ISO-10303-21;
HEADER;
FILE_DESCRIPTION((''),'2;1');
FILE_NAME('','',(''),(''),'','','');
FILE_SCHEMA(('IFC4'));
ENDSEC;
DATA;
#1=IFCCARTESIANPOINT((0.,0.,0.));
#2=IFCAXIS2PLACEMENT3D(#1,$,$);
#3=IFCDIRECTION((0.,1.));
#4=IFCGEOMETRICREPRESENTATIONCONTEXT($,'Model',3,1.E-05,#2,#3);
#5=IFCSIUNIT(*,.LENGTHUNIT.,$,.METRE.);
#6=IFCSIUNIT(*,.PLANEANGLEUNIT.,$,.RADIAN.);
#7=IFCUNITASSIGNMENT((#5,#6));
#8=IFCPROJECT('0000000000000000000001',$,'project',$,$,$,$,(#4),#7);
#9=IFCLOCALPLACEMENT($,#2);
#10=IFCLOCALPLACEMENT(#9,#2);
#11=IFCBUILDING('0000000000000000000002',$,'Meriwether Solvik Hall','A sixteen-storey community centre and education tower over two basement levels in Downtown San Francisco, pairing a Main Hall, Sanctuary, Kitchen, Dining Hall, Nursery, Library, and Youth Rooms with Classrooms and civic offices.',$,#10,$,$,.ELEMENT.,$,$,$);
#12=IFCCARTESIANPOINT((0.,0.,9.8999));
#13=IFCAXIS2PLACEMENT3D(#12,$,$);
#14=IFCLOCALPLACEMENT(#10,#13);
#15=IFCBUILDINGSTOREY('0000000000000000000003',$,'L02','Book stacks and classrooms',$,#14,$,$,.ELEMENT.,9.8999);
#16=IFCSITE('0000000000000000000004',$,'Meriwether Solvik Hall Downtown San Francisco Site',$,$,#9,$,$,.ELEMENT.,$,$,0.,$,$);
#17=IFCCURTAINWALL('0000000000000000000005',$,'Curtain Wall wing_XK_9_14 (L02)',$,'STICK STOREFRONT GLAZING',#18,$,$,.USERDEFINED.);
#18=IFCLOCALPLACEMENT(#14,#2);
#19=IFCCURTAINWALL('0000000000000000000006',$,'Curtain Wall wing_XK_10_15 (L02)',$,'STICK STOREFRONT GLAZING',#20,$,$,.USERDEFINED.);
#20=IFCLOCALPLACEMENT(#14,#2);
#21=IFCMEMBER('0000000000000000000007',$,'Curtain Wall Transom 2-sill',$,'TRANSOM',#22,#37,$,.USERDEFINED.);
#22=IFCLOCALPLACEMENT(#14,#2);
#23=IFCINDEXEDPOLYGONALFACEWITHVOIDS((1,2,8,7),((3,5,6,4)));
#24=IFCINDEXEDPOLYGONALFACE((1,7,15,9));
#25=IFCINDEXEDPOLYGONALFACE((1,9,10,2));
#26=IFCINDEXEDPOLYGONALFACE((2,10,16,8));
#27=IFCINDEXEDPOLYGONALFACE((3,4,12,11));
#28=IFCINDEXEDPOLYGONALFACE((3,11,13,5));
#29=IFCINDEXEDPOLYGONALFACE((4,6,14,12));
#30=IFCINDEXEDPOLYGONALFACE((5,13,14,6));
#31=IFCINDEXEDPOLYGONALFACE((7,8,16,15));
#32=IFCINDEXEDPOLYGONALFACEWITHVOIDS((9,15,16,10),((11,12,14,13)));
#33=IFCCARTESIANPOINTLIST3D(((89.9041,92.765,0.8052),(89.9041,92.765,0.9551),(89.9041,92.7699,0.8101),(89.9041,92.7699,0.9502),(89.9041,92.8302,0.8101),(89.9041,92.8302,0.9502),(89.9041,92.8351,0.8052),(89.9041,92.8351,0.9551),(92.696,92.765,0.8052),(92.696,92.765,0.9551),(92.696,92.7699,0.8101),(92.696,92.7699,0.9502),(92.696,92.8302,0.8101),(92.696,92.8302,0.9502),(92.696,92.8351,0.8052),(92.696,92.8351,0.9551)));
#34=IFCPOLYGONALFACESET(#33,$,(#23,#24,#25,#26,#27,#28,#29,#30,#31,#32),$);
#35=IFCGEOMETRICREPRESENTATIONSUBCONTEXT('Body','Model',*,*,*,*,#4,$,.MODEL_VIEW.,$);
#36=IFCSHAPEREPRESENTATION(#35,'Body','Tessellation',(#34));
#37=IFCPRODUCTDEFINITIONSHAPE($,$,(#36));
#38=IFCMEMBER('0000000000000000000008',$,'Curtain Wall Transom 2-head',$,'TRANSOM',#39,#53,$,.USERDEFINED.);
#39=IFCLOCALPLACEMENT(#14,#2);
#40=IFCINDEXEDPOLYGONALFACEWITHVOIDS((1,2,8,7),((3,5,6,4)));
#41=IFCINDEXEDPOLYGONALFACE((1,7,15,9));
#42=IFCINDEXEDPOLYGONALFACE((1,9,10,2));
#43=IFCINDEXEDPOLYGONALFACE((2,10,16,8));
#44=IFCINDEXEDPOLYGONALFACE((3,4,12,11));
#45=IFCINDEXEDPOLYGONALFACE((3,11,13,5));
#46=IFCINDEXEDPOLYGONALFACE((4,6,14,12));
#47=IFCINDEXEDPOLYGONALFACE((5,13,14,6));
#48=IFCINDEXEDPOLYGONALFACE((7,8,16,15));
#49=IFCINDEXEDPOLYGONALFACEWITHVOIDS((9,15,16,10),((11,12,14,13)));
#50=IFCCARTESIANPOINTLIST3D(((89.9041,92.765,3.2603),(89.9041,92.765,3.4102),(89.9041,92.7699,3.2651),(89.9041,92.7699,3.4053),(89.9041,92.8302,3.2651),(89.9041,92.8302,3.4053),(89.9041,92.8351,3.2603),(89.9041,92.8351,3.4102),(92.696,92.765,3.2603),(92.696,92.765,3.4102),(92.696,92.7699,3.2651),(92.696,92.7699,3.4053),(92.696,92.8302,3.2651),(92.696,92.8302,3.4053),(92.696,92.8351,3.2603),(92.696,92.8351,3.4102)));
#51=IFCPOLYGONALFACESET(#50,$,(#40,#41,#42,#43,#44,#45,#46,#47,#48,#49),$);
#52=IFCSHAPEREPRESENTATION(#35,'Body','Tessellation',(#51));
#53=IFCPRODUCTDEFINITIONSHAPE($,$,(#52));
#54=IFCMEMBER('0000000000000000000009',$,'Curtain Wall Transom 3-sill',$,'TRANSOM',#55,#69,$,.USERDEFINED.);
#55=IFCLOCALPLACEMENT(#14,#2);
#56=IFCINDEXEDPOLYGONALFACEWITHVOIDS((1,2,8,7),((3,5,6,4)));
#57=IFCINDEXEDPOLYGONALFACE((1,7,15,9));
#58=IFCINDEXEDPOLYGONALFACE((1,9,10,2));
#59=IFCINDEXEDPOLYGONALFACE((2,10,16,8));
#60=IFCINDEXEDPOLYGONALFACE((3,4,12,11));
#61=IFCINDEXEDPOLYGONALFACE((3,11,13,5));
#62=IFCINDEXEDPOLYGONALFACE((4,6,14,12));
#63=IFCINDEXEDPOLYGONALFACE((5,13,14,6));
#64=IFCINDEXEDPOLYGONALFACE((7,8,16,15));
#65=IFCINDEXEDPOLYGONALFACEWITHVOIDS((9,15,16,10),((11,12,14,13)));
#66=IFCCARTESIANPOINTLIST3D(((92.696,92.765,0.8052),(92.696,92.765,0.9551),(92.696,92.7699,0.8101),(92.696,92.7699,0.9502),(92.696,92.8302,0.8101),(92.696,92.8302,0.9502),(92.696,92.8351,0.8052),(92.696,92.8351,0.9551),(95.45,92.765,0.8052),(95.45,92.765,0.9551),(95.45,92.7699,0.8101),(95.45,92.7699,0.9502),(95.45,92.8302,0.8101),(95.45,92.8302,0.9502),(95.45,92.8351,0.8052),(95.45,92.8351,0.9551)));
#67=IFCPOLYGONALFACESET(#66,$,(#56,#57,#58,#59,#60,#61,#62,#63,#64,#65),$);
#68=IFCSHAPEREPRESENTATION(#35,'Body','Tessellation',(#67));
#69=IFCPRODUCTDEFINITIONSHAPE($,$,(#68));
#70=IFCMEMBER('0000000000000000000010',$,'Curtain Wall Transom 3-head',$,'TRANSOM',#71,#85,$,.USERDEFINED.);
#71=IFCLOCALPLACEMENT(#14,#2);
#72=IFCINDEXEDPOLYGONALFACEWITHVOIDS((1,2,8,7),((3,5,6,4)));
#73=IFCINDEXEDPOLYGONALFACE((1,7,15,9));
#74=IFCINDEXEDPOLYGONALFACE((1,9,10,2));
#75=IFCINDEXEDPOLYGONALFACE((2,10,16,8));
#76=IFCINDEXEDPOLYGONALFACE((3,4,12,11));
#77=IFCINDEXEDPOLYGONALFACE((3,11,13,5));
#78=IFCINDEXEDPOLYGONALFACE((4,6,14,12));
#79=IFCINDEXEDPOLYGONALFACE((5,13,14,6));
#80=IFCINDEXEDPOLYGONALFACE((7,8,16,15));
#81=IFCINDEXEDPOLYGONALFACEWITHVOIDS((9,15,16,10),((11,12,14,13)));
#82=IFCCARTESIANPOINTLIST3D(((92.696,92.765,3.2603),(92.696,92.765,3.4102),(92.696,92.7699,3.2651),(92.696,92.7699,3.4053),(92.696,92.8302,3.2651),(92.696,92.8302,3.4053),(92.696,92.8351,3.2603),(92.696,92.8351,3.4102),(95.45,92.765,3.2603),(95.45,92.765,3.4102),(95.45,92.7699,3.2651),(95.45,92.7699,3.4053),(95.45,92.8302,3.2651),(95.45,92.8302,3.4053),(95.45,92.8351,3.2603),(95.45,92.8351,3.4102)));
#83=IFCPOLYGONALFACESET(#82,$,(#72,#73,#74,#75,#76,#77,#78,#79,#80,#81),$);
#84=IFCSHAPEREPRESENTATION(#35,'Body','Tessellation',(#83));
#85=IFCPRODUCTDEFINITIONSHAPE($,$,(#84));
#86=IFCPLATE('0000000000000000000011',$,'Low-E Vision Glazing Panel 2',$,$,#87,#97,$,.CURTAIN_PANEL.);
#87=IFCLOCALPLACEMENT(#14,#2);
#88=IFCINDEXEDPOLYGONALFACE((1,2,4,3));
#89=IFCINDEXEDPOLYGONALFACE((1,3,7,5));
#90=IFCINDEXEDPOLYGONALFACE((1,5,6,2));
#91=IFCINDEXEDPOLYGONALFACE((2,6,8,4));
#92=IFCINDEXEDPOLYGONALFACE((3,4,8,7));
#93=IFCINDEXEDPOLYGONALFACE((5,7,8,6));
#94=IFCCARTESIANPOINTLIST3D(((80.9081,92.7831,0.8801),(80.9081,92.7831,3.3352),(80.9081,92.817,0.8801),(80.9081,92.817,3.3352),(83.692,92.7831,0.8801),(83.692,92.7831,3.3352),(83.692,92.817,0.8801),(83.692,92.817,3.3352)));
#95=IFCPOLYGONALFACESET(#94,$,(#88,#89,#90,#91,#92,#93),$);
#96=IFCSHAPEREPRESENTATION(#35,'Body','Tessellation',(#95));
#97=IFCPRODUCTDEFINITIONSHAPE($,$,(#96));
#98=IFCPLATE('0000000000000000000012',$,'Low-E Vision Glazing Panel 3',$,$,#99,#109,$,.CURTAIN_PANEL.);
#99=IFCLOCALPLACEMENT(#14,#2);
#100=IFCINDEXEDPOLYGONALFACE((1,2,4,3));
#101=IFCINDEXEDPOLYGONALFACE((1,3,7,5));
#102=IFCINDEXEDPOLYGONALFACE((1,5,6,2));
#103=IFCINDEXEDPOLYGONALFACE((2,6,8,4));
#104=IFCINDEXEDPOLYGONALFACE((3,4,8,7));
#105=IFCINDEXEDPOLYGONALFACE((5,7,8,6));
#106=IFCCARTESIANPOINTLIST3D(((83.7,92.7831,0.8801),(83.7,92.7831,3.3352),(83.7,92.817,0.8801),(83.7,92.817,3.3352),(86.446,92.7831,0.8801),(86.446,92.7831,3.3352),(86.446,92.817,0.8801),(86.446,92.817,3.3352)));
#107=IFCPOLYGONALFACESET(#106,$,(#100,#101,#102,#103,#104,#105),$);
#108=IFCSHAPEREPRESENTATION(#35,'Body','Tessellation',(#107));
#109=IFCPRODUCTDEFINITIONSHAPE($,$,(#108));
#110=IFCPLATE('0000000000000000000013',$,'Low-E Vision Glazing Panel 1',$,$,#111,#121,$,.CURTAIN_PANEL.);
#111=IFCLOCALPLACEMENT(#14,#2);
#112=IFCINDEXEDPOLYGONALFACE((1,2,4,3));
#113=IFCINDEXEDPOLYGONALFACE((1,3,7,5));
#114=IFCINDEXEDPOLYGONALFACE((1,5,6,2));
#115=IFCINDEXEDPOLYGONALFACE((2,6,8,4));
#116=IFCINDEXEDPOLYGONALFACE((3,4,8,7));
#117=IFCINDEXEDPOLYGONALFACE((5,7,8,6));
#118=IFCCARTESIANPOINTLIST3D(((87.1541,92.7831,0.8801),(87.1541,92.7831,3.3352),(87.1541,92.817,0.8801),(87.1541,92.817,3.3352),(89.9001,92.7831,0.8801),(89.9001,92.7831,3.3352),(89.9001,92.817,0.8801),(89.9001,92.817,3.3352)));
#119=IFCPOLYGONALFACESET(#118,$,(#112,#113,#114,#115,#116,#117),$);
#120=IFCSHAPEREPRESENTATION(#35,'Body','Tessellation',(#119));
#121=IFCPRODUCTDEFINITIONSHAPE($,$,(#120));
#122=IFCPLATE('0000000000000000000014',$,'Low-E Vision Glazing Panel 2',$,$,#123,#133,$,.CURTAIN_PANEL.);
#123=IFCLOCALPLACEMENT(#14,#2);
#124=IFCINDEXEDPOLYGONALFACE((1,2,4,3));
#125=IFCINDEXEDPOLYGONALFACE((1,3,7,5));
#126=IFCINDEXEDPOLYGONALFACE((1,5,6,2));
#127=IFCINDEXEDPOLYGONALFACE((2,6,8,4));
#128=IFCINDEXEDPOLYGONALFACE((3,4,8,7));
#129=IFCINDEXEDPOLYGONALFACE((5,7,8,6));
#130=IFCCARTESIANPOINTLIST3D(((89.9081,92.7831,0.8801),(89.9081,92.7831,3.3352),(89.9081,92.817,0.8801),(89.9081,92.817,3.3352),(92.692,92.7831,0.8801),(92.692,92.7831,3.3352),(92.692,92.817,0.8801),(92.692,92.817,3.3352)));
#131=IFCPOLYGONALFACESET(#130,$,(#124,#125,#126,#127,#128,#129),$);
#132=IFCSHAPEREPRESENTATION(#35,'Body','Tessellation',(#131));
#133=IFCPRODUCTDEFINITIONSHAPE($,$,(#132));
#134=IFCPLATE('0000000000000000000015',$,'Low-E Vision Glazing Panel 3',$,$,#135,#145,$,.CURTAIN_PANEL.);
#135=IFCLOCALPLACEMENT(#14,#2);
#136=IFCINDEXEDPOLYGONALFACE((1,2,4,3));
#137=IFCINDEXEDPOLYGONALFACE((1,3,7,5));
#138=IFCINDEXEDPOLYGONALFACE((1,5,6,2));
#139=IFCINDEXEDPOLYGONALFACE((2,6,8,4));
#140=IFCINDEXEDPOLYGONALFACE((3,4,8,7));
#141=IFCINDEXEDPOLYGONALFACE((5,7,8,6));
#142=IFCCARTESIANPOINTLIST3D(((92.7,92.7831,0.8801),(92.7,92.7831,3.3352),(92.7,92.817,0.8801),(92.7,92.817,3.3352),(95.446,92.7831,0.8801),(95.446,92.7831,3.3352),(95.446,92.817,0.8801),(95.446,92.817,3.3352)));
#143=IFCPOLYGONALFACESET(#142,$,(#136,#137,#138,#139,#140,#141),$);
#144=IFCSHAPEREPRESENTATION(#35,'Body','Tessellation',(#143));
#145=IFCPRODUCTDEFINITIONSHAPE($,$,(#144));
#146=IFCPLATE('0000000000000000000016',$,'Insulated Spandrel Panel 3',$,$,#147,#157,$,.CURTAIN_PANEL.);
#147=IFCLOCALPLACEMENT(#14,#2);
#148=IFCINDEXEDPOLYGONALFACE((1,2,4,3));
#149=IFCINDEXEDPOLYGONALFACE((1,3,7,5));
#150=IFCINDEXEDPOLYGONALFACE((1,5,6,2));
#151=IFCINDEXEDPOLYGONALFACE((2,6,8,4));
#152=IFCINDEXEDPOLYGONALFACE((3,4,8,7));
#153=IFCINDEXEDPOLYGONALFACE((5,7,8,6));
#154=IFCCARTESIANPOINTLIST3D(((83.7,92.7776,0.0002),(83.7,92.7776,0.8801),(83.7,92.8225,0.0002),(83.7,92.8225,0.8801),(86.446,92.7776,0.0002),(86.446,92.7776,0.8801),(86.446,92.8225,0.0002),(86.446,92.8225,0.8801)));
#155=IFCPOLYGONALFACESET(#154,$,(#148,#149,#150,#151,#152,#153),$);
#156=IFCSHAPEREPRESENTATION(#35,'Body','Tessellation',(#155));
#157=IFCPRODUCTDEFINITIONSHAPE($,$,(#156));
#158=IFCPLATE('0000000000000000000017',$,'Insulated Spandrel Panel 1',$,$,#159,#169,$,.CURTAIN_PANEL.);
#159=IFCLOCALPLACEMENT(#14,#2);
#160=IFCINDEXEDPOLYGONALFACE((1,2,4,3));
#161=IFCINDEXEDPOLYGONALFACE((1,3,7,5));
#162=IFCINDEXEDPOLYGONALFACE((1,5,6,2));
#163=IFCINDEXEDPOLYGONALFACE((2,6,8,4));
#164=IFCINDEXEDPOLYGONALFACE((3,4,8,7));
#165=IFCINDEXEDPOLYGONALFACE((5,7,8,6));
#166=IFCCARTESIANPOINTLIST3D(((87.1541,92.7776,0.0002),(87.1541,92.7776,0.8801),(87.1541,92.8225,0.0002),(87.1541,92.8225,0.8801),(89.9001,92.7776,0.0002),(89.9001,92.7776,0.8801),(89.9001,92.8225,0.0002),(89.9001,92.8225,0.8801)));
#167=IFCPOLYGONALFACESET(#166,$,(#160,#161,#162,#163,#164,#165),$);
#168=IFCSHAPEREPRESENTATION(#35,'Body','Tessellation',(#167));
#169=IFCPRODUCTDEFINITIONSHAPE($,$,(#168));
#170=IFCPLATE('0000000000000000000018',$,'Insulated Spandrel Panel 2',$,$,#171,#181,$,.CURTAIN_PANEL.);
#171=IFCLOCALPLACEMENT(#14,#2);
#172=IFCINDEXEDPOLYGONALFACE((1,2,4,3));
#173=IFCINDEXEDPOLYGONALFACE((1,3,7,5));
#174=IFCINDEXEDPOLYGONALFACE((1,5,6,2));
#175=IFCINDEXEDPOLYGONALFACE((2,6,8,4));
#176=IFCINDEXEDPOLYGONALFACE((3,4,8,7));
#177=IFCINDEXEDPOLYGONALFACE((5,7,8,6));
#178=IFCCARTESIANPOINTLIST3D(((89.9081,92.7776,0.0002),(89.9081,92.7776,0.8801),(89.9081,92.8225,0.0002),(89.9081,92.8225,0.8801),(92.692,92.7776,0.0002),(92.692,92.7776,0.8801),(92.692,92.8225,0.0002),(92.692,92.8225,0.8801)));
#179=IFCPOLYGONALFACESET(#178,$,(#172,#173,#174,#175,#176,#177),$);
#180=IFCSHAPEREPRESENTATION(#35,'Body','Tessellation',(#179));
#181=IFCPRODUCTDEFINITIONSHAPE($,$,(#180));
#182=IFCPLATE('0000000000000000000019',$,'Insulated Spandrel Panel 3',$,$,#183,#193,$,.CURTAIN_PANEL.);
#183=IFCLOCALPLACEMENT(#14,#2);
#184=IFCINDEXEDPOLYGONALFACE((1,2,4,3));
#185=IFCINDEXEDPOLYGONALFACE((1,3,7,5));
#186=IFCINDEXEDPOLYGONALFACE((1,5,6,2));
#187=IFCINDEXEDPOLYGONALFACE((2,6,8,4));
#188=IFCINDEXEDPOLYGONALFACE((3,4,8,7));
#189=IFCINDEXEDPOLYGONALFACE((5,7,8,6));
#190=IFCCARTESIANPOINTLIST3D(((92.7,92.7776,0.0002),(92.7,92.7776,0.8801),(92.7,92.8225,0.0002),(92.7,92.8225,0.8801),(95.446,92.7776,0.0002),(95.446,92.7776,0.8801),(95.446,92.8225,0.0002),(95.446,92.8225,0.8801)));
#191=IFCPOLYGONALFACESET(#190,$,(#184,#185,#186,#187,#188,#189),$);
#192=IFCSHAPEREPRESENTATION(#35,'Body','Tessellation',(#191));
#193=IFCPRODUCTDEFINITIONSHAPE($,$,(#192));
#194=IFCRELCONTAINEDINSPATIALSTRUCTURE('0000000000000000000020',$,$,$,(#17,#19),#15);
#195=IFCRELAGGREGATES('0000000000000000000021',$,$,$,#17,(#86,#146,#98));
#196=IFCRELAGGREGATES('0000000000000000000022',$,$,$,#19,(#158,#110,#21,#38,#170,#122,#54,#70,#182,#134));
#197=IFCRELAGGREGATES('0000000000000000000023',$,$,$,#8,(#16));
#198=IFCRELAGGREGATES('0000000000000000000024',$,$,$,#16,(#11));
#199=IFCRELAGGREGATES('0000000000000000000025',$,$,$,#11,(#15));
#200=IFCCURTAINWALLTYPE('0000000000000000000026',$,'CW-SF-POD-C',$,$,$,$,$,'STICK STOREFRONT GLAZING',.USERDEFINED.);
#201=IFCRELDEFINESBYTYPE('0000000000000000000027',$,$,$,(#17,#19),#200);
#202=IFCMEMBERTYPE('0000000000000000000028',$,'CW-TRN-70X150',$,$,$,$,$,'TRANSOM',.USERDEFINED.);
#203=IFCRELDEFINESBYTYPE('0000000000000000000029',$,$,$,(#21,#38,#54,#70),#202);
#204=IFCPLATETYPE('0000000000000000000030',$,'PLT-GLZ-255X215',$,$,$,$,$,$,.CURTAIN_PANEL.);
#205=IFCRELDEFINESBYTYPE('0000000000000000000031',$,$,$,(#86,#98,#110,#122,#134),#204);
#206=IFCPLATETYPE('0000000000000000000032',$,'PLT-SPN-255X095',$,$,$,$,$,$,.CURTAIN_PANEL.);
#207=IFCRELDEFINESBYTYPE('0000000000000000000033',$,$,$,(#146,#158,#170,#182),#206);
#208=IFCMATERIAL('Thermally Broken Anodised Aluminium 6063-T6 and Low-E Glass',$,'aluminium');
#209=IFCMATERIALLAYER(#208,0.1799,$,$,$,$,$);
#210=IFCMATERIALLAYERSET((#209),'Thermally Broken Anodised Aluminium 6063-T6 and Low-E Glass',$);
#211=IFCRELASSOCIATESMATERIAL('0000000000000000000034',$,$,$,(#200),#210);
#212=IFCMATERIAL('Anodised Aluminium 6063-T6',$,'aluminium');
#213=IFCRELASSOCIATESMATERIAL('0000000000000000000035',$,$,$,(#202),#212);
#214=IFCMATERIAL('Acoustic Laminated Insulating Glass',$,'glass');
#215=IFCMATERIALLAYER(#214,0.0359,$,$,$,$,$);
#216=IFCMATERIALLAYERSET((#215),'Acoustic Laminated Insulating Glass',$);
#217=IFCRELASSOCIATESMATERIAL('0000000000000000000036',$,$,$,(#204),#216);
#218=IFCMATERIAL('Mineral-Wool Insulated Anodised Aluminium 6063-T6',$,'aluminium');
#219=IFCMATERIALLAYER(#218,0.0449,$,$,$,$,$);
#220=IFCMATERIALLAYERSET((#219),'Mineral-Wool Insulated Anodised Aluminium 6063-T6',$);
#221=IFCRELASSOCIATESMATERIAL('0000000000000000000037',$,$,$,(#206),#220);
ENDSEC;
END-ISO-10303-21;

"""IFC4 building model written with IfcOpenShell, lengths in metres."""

from ifc_helpers import new_model, si_unit, direction, frame, origin, origin_2d, place, context, subcontext, project, spatial, rectangle, hollow_rectangle, extrude, material, layer, layer_set, material_profile, profile_set, type_object, element, aggregate, save


model = new_model("IFC4")

# Units and contexts
model_context = context("Model", 3, precision=1e-05, world=origin(), true_north=direction((0.0, 1.0)))
body_context = subcontext(model_context, "Body", "Model", "MODEL_VIEW")
ifc_project = project(units=[si_unit("LENGTHUNIT", "METRE"), si_unit("PLANEANGLEUNIT", "RADIAN")], contexts=[model_context])

# Site, building, storey
site_placement = place(None, origin())
site = spatial("IfcSite", under=ifc_project, at=site_placement, Name="Meriwether Solvik Hall Downtown San Francisco Site", CompositionType="ELEMENT", RefElevation=0.0)
building_placement = place(site_placement, origin())
building = spatial("IfcBuilding", under=site, at=building_placement, Name="Meriwether Solvik Hall", Description="A sixteen-storey community centre and education tower over two basement levels in Downtown San Francisco, pairing a Main Hall, Sanctuary, Kitchen, Dining Hall, Nursery, Library, and Youth Rooms with Classrooms and civic offices.", CompositionType="ELEMENT")
storey_placement = place(building_placement, frame((0.0, 0.0, 9.8999)))
storey = spatial("IfcBuildingStorey", under=building, at=storey_placement, Name="L02", Description="Book stacks and classrooms", CompositionType="ELEMENT", Elevation=9.8999)

# Curtain walls
ifc_material_1 = material(Name="Thermally Broken Anodised Aluminium 6063-T6 and Low-E Glass", Category="aluminium")
ifc_layer_1 = layer(ifc_material_1, 0.1799)
ifc_layer_set_1 = layer_set([ifc_layer_1], Name="Thermally Broken Anodised Aluminium 6063-T6 and Low-E Glass")
curtain_wall_type = type_object("IfcCurtainWallType", Name="CW-SF-POD-C", ElementType="STICK STOREFRONT GLAZING", PredefinedType="USERDEFINED", material=ifc_layer_set_1)
curtain_wall_1_placement = place(storey_placement, origin())
curtain_wall_1 = element("IfcCurtainWall", 1, at=curtain_wall_1_placement, inside=storey, type_object=curtain_wall_type, Name="Curtain Wall wing_XK_9_14 (L02)", ObjectType="STICK STOREFRONT GLAZING", PredefinedType="USERDEFINED")
curtain_wall_2_placement = place(storey_placement, origin())
curtain_wall_2 = element("IfcCurtainWall", 2, at=curtain_wall_2_placement, inside=storey, type_object=curtain_wall_type, Name="Curtain Wall wing_XK_10_15 (L02)", ObjectType="STICK STOREFRONT GLAZING", PredefinedType="USERDEFINED")

# Members
ifc_material_2 = material(Name="Anodised Aluminium 6063-T6", Category="aluminium")
ifc_material_profile_1 = material_profile(ifc_material_2, hollow_rectangle(XDim=0.0701, YDim=0.1499, WallThickness=0.0049, at=origin_2d()), Name="CWT-70X150")
ifc_profile_set_1 = profile_set([ifc_material_profile_1], Name="Anodised Aluminium 6063-T6")
member_type_1 = type_object("IfcMemberType", Name="CW-TRN-70X150", ElementType="TRANSOM", PredefinedType="USERDEFINED", material=ifc_profile_set_1)
member_1_placement = place(storey_placement, frame((89.9041, 92.8, 0.8801), z_axis=(1.0, 0.0, 0.0), x_axis=(0.0, 1.0, 0.0)))
member_1 = element("IfcMember", 3, at=member_1_placement, type_object=member_type_1, Name="Curtain Wall Transom 2-sill", ObjectType="TRANSOM", PredefinedType="USERDEFINED", context=body_context, shape_type="SweptSolid", body=[
    extrude(hollow_rectangle(XDim=0.0701, YDim=0.1499, WallThickness=0.0049, at=origin_2d()), origin(), (0.0, 0.0, 1.0), 2.792),
])
member_2_placement = place(storey_placement, frame((89.9041, 92.8, 3.3352), z_axis=(1.0, 0.0, 0.0), x_axis=(0.0, 1.0, 0.0)))
member_2 = element("IfcMember", 4, at=member_2_placement, type_object=member_type_1, Name="Curtain Wall Transom 2-head", ObjectType="TRANSOM", PredefinedType="USERDEFINED", context=body_context, shape_type="SweptSolid", body=[
    extrude(hollow_rectangle(XDim=0.0701, YDim=0.1499, WallThickness=0.0049, at=origin_2d()), origin(), (0.0, 0.0, 1.0), 2.792),
])
member_3_placement = place(storey_placement, frame((92.696, 92.8, 0.8801), z_axis=(1.0, 0.0, 0.0), x_axis=(0.0, 1.0, 0.0)))
member_3 = element("IfcMember", 5, at=member_3_placement, type_object=member_type_1, Name="Curtain Wall Transom 3-sill", ObjectType="TRANSOM", PredefinedType="USERDEFINED", context=body_context, shape_type="SweptSolid", body=[
    extrude(hollow_rectangle(XDim=0.0701, YDim=0.1499, WallThickness=0.0049, at=origin_2d()), origin(), (0.0, 0.0, 1.0), 2.7539),
])
member_4_placement = place(storey_placement, frame((92.696, 92.8, 3.3352), z_axis=(1.0, 0.0, 0.0), x_axis=(0.0, 1.0, 0.0)))
member_4 = element("IfcMember", 6, at=member_4_placement, type_object=member_type_1, Name="Curtain Wall Transom 3-head", ObjectType="TRANSOM", PredefinedType="USERDEFINED", context=body_context, shape_type="SweptSolid", body=[
    extrude(hollow_rectangle(XDim=0.0701, YDim=0.1499, WallThickness=0.0049, at=origin_2d()), origin(), (0.0, 0.0, 1.0), 2.7539),
])

# Plates
ifc_material_3 = material(Name="Acoustic Laminated Insulating Glass", Category="glass")
ifc_layer_2 = layer(ifc_material_3, 0.0359)
ifc_layer_set_2 = layer_set([ifc_layer_2], Name="Acoustic Laminated Insulating Glass")
plate_type_1 = type_object("IfcPlateType", Name="PLT-GLZ-255X215", PredefinedType="CURTAIN_PANEL", material=ifc_layer_set_2)
plate_1_placement = place(storey_placement, frame((82.3, 92.8, 0.8801), z_axis=(0.0, 0.0, 1.0), x_axis=(1.0, 0.0, 0.0)))
plate_1 = element("IfcPlate", 7, at=plate_1_placement, type_object=plate_type_1, Name="Low-E Vision Glazing Panel 2", PredefinedType="CURTAIN_PANEL", context=body_context, shape_type="SweptSolid", body=[
    extrude(rectangle(XDim=2.7839, YDim=0.0339, at=origin_2d()), origin(), (0.0, 0.0, 1.0), 2.4551),
])
plate_2_placement = place(storey_placement, frame((85.073, 92.8, 0.8801), z_axis=(0.0, 0.0, 1.0), x_axis=(1.0, 0.0, 0.0)))
plate_2 = element("IfcPlate", 8, at=plate_2_placement, type_object=plate_type_1, Name="Low-E Vision Glazing Panel 3", PredefinedType="CURTAIN_PANEL", context=body_context, shape_type="SweptSolid", body=[
    extrude(rectangle(XDim=2.7461, YDim=0.0339, at=origin_2d()), origin(), (0.0, 0.0, 1.0), 2.4551),
])
plate_3_placement = place(storey_placement, frame((88.5271, 92.8, 0.8801), z_axis=(0.0, 0.0, 1.0), x_axis=(1.0, 0.0, 0.0)))
plate_3 = element("IfcPlate", 9, at=plate_3_placement, type_object=plate_type_1, Name="Low-E Vision Glazing Panel 1", PredefinedType="CURTAIN_PANEL", context=body_context, shape_type="SweptSolid", body=[
    extrude(rectangle(XDim=2.7461, YDim=0.0339, at=origin_2d()), origin(), (0.0, 0.0, 1.0), 2.4551),
])
plate_4_placement = place(storey_placement, frame((91.3, 92.8, 0.8801), z_axis=(0.0, 0.0, 1.0), x_axis=(1.0, 0.0, 0.0)))
plate_4 = element("IfcPlate", 10, at=plate_4_placement, type_object=plate_type_1, Name="Low-E Vision Glazing Panel 2", PredefinedType="CURTAIN_PANEL", context=body_context, shape_type="SweptSolid", body=[
    extrude(rectangle(XDim=2.7839, YDim=0.0339, at=origin_2d()), origin(), (0.0, 0.0, 1.0), 2.4551),
])
plate_5_placement = place(storey_placement, frame((94.073, 92.8, 0.8801), z_axis=(0.0, 0.0, 1.0), x_axis=(1.0, 0.0, 0.0)))
plate_5 = element("IfcPlate", 11, at=plate_5_placement, type_object=plate_type_1, Name="Low-E Vision Glazing Panel 3", PredefinedType="CURTAIN_PANEL", context=body_context, shape_type="SweptSolid", body=[
    extrude(rectangle(XDim=2.7461, YDim=0.0339, at=origin_2d()), origin(), (0.0, 0.0, 1.0), 2.4551),
])
ifc_material_4 = material(Name="Mineral-Wool Insulated Anodised Aluminium 6063-T6", Category="aluminium")
ifc_layer_3 = layer(ifc_material_4, 0.0449)
ifc_layer_set_3 = layer_set([ifc_layer_3], Name="Mineral-Wool Insulated Anodised Aluminium 6063-T6")
plate_type_2 = type_object("IfcPlateType", Name="PLT-SPN-255X095", PredefinedType="CURTAIN_PANEL", material=ifc_layer_set_3)
plate_6_placement = place(storey_placement, frame((85.073, 92.8, 0.0002), z_axis=(0.0, 0.0, 1.0), x_axis=(1.0, 0.0, 0.0)))
plate_6 = element("IfcPlate", 12, at=plate_6_placement, type_object=plate_type_2, Name="Insulated Spandrel Panel 3", PredefinedType="CURTAIN_PANEL", context=body_context, shape_type="SweptSolid", body=[
    extrude(rectangle(XDim=2.7461, YDim=0.0449, at=origin_2d()), origin(), (0.0, 0.0, 1.0), 0.8799),
])
aggregate(curtain_wall_1, [plate_1, plate_6, plate_2])
plate_7_placement = place(storey_placement, frame((88.5271, 92.8, 0.0002), z_axis=(0.0, 0.0, 1.0), x_axis=(1.0, 0.0, 0.0)))
plate_7 = element("IfcPlate", 13, at=plate_7_placement, type_object=plate_type_2, Name="Insulated Spandrel Panel 1", PredefinedType="CURTAIN_PANEL", context=body_context, shape_type="SweptSolid", body=[
    extrude(rectangle(XDim=2.7461, YDim=0.0449, at=origin_2d()), origin(), (0.0, 0.0, 1.0), 0.8799),
])
plate_8_placement = place(storey_placement, frame((91.3, 92.8, 0.0002), z_axis=(0.0, 0.0, 1.0), x_axis=(1.0, 0.0, 0.0)))
plate_8 = element("IfcPlate", 14, at=plate_8_placement, type_object=plate_type_2, Name="Insulated Spandrel Panel 2", PredefinedType="CURTAIN_PANEL", context=body_context, shape_type="SweptSolid", body=[
    extrude(rectangle(XDim=2.7839, YDim=0.0449, at=origin_2d()), origin(), (0.0, 0.0, 1.0), 0.8799),
])
plate_9_placement = place(storey_placement, frame((94.073, 92.8, 0.0002), z_axis=(0.0, 0.0, 1.0), x_axis=(1.0, 0.0, 0.0)))
plate_9 = element("IfcPlate", 15, at=plate_9_placement, type_object=plate_type_2, Name="Insulated Spandrel Panel 3", PredefinedType="CURTAIN_PANEL", context=body_context, shape_type="SweptSolid", body=[
    extrude(rectangle(XDim=2.7461, YDim=0.0449, at=origin_2d()), origin(), (0.0, 0.0, 1.0), 0.8799),
])
aggregate(curtain_wall_2, [plate_7, plate_3, member_1, member_2, plate_8, plate_4, member_3, member_4, plate_9, plate_5])

save(model, "model.ifc")
